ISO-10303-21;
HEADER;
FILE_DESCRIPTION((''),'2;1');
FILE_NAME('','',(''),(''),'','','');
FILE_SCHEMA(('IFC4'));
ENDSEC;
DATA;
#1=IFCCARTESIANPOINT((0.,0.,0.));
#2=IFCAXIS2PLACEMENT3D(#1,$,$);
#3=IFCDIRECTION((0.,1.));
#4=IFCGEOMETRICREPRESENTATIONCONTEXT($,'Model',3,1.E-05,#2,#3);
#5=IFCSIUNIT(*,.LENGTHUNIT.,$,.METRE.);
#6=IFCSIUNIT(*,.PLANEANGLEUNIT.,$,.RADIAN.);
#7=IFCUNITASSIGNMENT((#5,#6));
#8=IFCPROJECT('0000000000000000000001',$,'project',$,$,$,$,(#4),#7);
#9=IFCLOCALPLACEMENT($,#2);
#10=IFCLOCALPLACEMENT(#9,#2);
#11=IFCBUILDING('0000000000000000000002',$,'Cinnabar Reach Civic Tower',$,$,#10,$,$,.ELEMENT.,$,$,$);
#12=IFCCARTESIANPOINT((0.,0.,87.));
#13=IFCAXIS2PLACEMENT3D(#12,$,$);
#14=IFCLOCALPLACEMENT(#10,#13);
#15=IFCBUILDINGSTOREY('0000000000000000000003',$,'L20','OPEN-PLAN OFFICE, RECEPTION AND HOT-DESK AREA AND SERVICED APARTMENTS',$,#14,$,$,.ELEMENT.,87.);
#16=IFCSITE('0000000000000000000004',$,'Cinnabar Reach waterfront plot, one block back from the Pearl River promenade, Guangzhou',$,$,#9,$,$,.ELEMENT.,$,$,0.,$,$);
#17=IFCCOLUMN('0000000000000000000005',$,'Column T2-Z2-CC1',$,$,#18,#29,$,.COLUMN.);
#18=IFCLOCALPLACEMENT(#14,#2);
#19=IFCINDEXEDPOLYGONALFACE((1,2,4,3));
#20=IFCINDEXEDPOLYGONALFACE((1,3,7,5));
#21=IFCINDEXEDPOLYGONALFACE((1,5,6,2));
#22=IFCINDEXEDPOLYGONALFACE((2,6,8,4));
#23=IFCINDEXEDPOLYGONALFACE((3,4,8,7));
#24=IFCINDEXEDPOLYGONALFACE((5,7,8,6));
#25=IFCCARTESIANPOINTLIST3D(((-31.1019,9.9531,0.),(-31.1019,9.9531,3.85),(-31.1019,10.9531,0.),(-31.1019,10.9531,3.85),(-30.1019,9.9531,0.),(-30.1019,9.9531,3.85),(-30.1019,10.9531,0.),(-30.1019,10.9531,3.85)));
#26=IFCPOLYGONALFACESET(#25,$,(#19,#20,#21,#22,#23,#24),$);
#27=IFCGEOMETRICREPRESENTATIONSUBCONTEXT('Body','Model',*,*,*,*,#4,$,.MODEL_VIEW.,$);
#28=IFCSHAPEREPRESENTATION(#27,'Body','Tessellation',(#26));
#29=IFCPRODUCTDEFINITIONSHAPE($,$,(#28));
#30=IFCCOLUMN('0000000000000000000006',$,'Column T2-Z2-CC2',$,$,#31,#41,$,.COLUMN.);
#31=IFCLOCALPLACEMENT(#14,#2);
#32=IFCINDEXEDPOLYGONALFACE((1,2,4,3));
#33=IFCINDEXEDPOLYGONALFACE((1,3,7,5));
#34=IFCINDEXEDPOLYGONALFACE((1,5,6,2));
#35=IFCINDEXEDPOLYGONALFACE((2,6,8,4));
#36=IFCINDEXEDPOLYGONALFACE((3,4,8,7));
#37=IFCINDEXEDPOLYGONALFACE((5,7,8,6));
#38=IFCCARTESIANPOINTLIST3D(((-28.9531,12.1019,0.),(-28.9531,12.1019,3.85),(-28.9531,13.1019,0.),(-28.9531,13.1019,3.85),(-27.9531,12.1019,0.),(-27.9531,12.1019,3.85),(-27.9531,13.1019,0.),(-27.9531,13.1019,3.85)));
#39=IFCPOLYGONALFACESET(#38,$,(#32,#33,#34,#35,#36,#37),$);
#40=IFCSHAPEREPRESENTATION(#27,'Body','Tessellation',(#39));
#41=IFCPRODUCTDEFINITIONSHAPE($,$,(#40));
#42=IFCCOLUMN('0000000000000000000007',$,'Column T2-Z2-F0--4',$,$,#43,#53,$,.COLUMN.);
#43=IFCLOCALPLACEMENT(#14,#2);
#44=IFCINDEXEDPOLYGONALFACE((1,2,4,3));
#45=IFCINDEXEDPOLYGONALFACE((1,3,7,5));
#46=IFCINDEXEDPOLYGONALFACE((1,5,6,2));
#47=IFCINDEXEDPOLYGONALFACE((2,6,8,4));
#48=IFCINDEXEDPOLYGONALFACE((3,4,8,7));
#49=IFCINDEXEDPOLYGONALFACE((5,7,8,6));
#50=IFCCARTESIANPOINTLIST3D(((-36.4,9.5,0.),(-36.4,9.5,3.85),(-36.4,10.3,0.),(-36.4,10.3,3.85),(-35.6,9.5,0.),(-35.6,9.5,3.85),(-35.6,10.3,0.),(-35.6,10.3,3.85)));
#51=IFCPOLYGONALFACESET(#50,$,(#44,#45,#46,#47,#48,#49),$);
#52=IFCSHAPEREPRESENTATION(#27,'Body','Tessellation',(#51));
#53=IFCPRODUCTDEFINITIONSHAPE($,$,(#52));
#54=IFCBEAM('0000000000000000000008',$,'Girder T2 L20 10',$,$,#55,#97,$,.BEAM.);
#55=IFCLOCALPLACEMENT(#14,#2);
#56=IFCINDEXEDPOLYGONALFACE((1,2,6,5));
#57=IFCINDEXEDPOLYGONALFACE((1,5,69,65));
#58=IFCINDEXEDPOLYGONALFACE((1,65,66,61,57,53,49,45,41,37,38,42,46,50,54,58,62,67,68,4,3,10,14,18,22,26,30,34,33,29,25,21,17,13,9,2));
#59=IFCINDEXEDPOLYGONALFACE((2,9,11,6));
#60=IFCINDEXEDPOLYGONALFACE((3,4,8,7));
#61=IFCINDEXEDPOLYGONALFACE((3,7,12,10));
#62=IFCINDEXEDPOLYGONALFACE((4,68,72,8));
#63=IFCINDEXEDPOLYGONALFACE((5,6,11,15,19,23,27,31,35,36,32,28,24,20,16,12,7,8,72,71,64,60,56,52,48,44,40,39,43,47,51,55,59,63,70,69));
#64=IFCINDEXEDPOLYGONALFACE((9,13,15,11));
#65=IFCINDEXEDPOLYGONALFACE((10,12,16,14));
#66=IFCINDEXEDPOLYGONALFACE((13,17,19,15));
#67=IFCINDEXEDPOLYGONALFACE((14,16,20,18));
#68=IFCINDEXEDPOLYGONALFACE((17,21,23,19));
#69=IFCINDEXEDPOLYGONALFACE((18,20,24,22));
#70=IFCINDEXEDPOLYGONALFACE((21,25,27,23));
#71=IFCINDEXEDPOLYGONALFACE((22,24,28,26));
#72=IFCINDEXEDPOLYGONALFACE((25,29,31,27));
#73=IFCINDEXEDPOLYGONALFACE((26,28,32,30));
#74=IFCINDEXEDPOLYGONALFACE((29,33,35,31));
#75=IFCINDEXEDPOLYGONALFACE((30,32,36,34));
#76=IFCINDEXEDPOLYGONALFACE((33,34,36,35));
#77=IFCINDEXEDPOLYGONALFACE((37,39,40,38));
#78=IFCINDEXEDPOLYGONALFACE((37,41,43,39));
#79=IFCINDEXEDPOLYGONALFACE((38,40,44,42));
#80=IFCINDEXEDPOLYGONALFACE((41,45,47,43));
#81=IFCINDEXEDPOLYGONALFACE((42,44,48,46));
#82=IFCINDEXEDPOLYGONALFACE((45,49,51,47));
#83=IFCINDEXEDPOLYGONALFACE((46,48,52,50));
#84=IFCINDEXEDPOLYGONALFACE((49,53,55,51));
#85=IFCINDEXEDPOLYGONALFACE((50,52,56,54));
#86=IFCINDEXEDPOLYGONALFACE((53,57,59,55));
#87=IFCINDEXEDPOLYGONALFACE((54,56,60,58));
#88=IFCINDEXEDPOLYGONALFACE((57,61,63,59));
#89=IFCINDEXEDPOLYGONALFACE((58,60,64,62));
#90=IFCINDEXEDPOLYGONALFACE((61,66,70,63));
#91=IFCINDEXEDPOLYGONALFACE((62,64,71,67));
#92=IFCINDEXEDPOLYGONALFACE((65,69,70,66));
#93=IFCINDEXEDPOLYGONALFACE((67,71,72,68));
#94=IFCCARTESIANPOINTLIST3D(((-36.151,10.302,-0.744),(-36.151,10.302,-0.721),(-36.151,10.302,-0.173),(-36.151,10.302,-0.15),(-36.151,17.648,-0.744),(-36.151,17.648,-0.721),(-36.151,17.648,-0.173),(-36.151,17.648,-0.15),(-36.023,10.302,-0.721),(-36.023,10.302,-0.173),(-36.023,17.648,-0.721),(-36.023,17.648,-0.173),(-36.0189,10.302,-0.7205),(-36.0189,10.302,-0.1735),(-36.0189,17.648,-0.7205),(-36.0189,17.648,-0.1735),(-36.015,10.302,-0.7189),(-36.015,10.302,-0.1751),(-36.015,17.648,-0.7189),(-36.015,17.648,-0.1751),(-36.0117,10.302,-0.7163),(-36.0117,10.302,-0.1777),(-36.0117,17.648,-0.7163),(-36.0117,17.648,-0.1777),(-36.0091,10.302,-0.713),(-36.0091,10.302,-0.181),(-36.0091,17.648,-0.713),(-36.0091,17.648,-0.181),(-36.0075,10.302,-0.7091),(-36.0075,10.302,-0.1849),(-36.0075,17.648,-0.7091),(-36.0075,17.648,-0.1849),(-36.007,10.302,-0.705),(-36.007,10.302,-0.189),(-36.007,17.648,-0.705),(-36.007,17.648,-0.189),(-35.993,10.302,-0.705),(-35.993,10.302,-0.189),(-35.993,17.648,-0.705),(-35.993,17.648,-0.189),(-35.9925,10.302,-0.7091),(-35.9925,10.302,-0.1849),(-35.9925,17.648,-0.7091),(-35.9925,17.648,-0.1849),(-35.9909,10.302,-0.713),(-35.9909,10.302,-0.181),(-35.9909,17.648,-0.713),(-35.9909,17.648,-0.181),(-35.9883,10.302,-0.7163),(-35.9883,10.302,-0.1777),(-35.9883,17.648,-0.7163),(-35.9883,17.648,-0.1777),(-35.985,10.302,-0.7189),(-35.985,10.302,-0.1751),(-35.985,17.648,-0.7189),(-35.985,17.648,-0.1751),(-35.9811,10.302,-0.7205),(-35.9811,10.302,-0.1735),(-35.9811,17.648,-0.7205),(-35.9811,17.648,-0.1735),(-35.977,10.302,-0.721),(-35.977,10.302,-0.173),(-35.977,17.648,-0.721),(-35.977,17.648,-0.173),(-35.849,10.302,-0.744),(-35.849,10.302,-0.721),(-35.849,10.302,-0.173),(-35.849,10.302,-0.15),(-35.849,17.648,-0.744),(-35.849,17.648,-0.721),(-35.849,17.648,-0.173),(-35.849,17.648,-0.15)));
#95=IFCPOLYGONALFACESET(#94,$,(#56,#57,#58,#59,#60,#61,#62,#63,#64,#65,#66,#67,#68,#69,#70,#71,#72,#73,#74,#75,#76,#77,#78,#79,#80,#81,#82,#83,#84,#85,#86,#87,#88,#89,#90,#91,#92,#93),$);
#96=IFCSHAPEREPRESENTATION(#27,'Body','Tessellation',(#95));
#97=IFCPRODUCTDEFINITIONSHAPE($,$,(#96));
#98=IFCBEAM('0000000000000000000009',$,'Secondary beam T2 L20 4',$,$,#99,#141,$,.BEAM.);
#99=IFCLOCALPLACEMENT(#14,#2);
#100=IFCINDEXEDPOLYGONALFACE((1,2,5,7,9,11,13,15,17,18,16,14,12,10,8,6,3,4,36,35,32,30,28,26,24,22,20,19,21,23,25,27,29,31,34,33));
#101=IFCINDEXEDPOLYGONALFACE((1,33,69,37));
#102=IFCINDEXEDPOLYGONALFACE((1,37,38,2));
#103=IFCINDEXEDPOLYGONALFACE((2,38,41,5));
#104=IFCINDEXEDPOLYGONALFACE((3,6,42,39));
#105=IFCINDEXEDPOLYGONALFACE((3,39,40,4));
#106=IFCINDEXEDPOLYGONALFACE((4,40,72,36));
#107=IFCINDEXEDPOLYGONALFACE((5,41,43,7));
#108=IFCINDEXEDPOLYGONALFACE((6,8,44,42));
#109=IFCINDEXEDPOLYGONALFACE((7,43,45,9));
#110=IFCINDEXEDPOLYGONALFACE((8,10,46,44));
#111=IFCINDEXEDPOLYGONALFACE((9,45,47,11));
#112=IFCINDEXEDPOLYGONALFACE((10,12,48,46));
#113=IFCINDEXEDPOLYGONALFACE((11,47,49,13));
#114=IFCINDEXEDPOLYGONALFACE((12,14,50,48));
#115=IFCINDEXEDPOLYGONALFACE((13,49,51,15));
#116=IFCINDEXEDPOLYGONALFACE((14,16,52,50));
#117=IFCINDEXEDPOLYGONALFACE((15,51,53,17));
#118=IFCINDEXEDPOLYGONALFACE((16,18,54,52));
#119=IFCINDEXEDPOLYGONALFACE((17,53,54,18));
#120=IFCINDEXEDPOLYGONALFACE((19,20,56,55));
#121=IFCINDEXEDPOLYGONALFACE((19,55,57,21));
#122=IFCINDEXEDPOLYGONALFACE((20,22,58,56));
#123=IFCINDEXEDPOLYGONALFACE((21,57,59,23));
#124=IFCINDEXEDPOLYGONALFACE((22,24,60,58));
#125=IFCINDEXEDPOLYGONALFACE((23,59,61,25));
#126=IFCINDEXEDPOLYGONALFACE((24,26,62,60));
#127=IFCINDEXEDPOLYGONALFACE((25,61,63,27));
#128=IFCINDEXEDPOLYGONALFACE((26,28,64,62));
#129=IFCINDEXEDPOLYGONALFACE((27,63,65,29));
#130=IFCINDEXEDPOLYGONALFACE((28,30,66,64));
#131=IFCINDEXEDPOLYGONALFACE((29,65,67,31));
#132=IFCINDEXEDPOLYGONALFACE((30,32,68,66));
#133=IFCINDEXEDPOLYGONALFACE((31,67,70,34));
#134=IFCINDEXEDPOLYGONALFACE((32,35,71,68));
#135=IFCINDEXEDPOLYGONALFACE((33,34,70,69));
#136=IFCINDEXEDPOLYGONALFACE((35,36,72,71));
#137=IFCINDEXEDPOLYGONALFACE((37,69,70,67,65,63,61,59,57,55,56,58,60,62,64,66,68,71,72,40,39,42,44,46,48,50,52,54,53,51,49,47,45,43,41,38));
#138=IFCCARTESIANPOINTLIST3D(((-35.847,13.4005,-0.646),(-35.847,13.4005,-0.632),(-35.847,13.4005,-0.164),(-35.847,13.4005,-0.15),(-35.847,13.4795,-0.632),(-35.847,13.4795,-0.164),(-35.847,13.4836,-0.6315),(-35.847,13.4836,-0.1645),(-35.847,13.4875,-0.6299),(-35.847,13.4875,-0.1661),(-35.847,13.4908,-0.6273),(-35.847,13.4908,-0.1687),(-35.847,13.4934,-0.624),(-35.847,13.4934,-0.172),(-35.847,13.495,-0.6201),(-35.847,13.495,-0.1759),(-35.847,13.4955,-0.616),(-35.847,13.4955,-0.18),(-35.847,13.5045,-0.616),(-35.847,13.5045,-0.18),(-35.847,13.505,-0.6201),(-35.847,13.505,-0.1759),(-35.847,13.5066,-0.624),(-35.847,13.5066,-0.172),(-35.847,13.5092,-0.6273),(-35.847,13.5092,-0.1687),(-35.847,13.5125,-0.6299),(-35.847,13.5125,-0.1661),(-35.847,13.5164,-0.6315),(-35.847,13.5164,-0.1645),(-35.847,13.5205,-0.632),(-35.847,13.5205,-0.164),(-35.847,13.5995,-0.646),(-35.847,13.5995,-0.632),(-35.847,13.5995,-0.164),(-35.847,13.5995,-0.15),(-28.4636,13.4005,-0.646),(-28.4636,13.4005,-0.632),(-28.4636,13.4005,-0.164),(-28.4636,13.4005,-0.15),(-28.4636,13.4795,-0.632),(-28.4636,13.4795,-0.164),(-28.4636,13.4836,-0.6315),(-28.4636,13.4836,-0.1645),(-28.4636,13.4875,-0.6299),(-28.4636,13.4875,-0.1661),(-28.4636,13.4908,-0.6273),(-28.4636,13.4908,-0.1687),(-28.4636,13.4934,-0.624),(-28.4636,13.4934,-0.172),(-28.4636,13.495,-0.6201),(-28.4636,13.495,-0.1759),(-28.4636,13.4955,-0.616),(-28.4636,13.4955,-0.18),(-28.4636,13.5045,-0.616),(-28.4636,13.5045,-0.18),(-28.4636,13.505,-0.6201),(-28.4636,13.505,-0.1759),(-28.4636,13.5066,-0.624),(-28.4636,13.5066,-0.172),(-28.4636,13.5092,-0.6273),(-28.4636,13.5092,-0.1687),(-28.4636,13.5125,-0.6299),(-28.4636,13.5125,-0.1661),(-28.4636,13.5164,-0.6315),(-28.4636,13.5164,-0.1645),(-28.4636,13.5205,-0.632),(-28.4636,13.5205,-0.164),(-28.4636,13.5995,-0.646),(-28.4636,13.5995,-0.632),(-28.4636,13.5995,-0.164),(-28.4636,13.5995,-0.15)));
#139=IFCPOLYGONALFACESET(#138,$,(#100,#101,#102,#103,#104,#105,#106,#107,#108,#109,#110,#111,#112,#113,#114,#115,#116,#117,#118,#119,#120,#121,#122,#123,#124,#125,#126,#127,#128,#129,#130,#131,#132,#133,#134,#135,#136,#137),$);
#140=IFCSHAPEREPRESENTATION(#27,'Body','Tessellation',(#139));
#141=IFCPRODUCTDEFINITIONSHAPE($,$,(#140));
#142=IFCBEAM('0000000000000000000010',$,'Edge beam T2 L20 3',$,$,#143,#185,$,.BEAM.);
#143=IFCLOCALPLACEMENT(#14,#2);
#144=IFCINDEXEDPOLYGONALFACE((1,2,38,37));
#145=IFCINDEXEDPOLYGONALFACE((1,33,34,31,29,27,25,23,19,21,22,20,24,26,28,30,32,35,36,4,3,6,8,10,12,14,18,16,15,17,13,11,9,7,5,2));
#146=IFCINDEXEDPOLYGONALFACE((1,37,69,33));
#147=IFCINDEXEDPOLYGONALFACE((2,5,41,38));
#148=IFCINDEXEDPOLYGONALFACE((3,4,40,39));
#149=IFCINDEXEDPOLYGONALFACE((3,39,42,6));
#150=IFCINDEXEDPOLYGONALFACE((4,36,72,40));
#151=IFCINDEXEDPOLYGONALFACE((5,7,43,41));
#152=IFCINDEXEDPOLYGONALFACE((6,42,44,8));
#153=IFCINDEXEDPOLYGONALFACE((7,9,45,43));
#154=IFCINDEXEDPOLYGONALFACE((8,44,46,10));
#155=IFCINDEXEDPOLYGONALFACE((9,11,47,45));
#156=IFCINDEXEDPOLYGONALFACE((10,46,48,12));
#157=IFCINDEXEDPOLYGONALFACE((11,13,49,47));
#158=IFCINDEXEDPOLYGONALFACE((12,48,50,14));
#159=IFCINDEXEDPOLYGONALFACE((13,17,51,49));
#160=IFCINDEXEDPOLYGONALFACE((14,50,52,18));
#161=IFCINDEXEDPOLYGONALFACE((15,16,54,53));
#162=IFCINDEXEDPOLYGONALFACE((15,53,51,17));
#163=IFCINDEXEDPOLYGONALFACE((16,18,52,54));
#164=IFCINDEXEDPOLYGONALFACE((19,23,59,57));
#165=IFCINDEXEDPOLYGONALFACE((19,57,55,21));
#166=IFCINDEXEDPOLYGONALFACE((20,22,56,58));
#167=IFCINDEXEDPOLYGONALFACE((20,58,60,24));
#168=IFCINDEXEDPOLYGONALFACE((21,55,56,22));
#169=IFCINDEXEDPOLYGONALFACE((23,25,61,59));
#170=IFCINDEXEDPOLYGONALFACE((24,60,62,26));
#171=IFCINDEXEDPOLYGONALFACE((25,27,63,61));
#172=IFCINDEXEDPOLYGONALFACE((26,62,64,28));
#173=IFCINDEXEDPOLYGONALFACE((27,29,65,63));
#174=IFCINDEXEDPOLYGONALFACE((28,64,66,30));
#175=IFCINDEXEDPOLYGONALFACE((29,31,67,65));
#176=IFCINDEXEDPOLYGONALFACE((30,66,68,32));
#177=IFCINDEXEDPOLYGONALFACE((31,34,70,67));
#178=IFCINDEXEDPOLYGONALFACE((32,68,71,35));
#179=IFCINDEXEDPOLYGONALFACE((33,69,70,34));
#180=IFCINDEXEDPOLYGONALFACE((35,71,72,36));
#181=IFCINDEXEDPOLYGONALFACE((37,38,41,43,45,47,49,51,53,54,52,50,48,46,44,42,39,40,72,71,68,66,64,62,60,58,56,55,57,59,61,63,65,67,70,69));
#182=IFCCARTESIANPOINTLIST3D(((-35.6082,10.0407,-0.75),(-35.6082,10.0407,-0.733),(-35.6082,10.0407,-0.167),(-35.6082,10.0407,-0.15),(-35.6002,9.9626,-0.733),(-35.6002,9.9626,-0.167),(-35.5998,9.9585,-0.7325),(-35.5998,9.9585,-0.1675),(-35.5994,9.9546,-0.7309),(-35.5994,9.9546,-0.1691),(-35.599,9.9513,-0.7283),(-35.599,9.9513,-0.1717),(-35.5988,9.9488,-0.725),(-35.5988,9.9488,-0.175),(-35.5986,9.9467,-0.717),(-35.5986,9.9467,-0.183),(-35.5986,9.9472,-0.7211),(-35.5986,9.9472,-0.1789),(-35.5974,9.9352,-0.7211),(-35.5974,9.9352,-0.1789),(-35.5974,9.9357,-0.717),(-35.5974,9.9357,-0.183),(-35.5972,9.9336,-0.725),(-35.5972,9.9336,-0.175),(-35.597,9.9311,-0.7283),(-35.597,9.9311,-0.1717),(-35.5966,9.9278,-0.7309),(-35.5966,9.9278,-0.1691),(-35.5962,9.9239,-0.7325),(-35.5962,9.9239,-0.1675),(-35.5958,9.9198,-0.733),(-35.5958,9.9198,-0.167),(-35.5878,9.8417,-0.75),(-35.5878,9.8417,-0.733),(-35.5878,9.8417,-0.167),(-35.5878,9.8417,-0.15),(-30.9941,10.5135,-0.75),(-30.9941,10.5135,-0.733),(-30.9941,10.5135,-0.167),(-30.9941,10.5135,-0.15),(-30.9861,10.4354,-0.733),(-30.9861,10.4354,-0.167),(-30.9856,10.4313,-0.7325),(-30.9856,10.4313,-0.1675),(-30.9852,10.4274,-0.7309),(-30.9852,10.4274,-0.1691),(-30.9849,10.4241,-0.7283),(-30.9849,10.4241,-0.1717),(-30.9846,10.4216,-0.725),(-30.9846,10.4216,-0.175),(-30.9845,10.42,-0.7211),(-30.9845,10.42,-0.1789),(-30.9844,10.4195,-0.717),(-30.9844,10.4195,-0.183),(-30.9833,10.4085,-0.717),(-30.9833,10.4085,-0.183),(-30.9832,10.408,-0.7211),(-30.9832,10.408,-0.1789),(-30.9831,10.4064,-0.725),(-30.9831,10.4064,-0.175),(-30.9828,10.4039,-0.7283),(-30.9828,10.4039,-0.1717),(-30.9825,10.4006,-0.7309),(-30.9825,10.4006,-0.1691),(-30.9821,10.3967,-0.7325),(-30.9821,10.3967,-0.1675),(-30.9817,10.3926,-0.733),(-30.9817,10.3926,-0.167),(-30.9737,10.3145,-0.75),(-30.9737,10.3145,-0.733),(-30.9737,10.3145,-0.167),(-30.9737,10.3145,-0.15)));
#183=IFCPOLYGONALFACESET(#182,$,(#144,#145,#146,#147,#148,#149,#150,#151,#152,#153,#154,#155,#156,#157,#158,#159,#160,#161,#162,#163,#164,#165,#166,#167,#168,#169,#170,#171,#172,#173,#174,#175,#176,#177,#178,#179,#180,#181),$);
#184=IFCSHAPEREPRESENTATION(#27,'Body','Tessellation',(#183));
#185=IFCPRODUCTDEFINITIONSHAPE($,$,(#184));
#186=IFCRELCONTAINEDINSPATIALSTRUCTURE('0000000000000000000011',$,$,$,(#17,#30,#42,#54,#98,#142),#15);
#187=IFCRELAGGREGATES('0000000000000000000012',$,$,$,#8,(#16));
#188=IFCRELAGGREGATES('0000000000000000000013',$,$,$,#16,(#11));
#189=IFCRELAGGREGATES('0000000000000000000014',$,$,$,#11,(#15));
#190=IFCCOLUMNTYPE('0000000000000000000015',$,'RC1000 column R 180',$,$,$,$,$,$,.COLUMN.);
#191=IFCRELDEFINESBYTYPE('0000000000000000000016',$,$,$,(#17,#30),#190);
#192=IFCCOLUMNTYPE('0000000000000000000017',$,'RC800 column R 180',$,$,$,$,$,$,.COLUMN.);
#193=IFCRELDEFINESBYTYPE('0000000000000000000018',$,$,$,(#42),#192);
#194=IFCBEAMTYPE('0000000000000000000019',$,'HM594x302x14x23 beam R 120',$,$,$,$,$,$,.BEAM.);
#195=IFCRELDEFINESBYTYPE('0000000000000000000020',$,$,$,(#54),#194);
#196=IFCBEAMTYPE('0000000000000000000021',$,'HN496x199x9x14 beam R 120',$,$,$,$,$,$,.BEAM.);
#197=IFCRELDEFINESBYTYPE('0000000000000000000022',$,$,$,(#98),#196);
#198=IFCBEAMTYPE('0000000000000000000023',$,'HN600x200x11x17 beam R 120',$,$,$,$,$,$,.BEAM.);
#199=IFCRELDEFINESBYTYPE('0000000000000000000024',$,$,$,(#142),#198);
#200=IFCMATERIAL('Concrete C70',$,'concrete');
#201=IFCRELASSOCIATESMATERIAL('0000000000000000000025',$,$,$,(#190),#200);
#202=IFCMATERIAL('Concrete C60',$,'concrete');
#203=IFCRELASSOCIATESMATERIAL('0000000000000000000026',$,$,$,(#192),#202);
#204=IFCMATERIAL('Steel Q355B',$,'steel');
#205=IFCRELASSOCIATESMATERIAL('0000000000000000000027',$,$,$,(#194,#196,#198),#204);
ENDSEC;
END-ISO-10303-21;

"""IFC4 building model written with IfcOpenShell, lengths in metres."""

from ifc_helpers import new_model, si_unit, direction, frame, origin, origin_2d, place, context, subcontext, project, spatial, rectangle, i_section, extrude, material, material_profile, profile_set, type_object, element, save


model = new_model("IFC4")

# Units and contexts
model_context = context("Model", 3, precision=1e-05, world=origin(), true_north=direction((0.0, 1.0)))
body_context = subcontext(model_context, "Body", "Model", "MODEL_VIEW")
ifc_project = project(units=[si_unit("LENGTHUNIT", "METRE"), si_unit("PLANEANGLEUNIT", "RADIAN")], contexts=[model_context])

# Site, building, storey
site_placement = place(None, origin())
site = spatial("IfcSite", under=ifc_project, at=site_placement, Name="Cinnabar Reach waterfront plot, one block back from the Pearl River promenade, Guangzhou", CompositionType="ELEMENT", RefElevation=0.0)
building_placement = place(site_placement, origin())
building = spatial("IfcBuilding", under=site, at=building_placement, Name="Cinnabar Reach Civic Tower", CompositionType="ELEMENT")
storey_placement = place(building_placement, frame((0.0, 0.0, 87.0)))
storey = spatial("IfcBuildingStorey", under=building, at=storey_placement, Name="L20", Description="OPEN-PLAN OFFICE, RECEPTION AND HOT-DESK AREA AND SERVICED APARTMENTS", CompositionType="ELEMENT", Elevation=87.0)

# Columns
ifc_material_1 = material(Name="Concrete C70", Category="concrete")
ifc_material_profile_1 = material_profile(ifc_material_1, rectangle(XDim=1.0, YDim=1.0, at=origin_2d()), Name="RC1000")
ifc_profile_set_1 = profile_set([ifc_material_profile_1], Name="Concrete C70")
column_type_1 = type_object("IfcColumnType", Name="RC1000 column R 180", PredefinedType="COLUMN", material=ifc_profile_set_1)
for number, where, z_axis, x_axis, name in (
    (1, (-30.6019, 10.4531, 0.0), (0.0, 0.0, 1.0), (1.0, 0.0, 0.0), "Column T2-Z2-CC1"),
    (2, (-28.4531, 12.6019, 0.0), (0.0, 0.0, 1.0), (1.0, 0.0, 0.0), "Column T2-Z2-CC2"),
):
    element("IfcColumn", number, at=place(storey_placement, frame(where, z_axis=z_axis, x_axis=x_axis)), inside=storey, type_object=column_type_1, Name=name, PredefinedType="COLUMN", context=body_context, shape_type="SweptSolid", body=[
        extrude(rectangle(XDim=1.0, YDim=1.0, at=origin_2d()), origin(), (0.0, 0.0, 1.0), 3.85),
    ])
ifc_material_2 = material(Name="Concrete C60", Category="concrete")
ifc_material_profile_2 = material_profile(ifc_material_2, rectangle(XDim=0.8, YDim=0.8, at=origin_2d()), Name="RC800")
ifc_profile_set_2 = profile_set([ifc_material_profile_2], Name="Concrete C60")
column_type_2 = type_object("IfcColumnType", Name="RC800 column R 180", PredefinedType="COLUMN", material=ifc_profile_set_2)
column_placement = place(storey_placement, frame((-36.0, 9.9, 0.0), z_axis=(0.0, 0.0, 1.0), x_axis=(1.0, 0.0, 0.0)))
element("IfcColumn", 3, at=column_placement, inside=storey, type_object=column_type_2, Name="Column T2-Z2-F0--4", PredefinedType="COLUMN", context=body_context, shape_type="SweptSolid", body=[
    extrude(rectangle(XDim=0.8, YDim=0.8, at=origin_2d()), origin(), (0.0, 0.0, 1.0), 3.85),
])

# Beams
ifc_material_3 = material(Name="Steel Q355B", Category="steel")
ifc_material_profile_3 = material_profile(ifc_material_3, i_section(OverallWidth=0.302, OverallDepth=0.594, WebThickness=0.014, FlangeThickness=0.023, FilletRadius=0.016, at=origin_2d()), Name="HM594x302x14x23")
ifc_profile_set_3 = profile_set([ifc_material_profile_3], Name="Steel Q355B")
beam_type_1 = type_object("IfcBeamType", Name="HM594x302x14x23 beam R 120", PredefinedType="BEAM", material=ifc_profile_set_3)
beam_1_placement = place(storey_placement, frame((-36.0, 10.302, -0.447), z_axis=(0.0, 1.0, 0.0), x_axis=(-1.0, 0.0, 0.0)))
element("IfcBeam", 4, at=beam_1_placement, inside=storey, type_object=beam_type_1, Name="Girder T2 L20 10", PredefinedType="BEAM", context=body_context, shape_type="SweptSolid", body=[
    extrude(i_section(OverallWidth=0.302, OverallDepth=0.594, WebThickness=0.014, FlangeThickness=0.023, FilletRadius=0.016, at=origin_2d()), origin(), (0.0, 0.0, 1.0), 7.346),
])
ifc_material_profile_4 = material_profile(ifc_material_3, i_section(OverallWidth=0.199, OverallDepth=0.496, WebThickness=0.009, FlangeThickness=0.014, FilletRadius=0.016, at=origin_2d()), Name="HN496x199x9x14")
ifc_profile_set_4 = profile_set([ifc_material_profile_4], Name="Steel Q355B")
beam_type_2 = type_object("IfcBeamType", Name="HN496x199x9x14 beam R 120", PredefinedType="BEAM", material=ifc_profile_set_4)
beam_2_placement = place(storey_placement, frame((-35.847, 13.5, -0.398), z_axis=(1.0, 0.0, 0.0), x_axis=(0.0, 1.0, 0.0)))
element("IfcBeam", 5, at=beam_2_placement, inside=storey, type_object=beam_type_2, Name="Secondary beam T2 L20 4", PredefinedType="BEAM", context=body_context, shape_type="SweptSolid", body=[
    extrude(i_section(OverallWidth=0.199, OverallDepth=0.496, WebThickness=0.009, FlangeThickness=0.014, FilletRadius=0.016, at=origin_2d()), origin(), (0.0, 0.0, 1.0), 7.3834),
])
ifc_material_profile_5 = material_profile(ifc_material_3, i_section(OverallWidth=0.2, OverallDepth=0.6, WebThickness=0.011, FlangeThickness=0.017, FilletRadius=0.016, at=origin_2d()), Name="HN600x200x11x17")
ifc_profile_set_5 = profile_set([ifc_material_profile_5], Name="Steel Q355B")
beam_type_3 = type_object("IfcBeamType", Name="HN600x200x11x17 beam R 120", PredefinedType="BEAM", material=ifc_profile_set_5)
beam_3_placement = place(storey_placement, frame((-35.598, 9.9412, -0.45), z_axis=(0.994791, 0.101935, 0.0), x_axis=(-0.101935, 0.994791, 0.0)))
element("IfcBeam", 6, at=beam_3_placement, inside=storey, type_object=beam_type_3, Name="Edge beam T2 L20 3", PredefinedType="BEAM", context=body_context, shape_type="SweptSolid", body=[
    extrude(i_section(OverallWidth=0.2, OverallDepth=0.6, WebThickness=0.011, FlangeThickness=0.017, FilletRadius=0.016, at=origin_2d()), origin(), (0.0, 0.0, 1.0), 4.6383),
])

save(model, "model.ifc")
